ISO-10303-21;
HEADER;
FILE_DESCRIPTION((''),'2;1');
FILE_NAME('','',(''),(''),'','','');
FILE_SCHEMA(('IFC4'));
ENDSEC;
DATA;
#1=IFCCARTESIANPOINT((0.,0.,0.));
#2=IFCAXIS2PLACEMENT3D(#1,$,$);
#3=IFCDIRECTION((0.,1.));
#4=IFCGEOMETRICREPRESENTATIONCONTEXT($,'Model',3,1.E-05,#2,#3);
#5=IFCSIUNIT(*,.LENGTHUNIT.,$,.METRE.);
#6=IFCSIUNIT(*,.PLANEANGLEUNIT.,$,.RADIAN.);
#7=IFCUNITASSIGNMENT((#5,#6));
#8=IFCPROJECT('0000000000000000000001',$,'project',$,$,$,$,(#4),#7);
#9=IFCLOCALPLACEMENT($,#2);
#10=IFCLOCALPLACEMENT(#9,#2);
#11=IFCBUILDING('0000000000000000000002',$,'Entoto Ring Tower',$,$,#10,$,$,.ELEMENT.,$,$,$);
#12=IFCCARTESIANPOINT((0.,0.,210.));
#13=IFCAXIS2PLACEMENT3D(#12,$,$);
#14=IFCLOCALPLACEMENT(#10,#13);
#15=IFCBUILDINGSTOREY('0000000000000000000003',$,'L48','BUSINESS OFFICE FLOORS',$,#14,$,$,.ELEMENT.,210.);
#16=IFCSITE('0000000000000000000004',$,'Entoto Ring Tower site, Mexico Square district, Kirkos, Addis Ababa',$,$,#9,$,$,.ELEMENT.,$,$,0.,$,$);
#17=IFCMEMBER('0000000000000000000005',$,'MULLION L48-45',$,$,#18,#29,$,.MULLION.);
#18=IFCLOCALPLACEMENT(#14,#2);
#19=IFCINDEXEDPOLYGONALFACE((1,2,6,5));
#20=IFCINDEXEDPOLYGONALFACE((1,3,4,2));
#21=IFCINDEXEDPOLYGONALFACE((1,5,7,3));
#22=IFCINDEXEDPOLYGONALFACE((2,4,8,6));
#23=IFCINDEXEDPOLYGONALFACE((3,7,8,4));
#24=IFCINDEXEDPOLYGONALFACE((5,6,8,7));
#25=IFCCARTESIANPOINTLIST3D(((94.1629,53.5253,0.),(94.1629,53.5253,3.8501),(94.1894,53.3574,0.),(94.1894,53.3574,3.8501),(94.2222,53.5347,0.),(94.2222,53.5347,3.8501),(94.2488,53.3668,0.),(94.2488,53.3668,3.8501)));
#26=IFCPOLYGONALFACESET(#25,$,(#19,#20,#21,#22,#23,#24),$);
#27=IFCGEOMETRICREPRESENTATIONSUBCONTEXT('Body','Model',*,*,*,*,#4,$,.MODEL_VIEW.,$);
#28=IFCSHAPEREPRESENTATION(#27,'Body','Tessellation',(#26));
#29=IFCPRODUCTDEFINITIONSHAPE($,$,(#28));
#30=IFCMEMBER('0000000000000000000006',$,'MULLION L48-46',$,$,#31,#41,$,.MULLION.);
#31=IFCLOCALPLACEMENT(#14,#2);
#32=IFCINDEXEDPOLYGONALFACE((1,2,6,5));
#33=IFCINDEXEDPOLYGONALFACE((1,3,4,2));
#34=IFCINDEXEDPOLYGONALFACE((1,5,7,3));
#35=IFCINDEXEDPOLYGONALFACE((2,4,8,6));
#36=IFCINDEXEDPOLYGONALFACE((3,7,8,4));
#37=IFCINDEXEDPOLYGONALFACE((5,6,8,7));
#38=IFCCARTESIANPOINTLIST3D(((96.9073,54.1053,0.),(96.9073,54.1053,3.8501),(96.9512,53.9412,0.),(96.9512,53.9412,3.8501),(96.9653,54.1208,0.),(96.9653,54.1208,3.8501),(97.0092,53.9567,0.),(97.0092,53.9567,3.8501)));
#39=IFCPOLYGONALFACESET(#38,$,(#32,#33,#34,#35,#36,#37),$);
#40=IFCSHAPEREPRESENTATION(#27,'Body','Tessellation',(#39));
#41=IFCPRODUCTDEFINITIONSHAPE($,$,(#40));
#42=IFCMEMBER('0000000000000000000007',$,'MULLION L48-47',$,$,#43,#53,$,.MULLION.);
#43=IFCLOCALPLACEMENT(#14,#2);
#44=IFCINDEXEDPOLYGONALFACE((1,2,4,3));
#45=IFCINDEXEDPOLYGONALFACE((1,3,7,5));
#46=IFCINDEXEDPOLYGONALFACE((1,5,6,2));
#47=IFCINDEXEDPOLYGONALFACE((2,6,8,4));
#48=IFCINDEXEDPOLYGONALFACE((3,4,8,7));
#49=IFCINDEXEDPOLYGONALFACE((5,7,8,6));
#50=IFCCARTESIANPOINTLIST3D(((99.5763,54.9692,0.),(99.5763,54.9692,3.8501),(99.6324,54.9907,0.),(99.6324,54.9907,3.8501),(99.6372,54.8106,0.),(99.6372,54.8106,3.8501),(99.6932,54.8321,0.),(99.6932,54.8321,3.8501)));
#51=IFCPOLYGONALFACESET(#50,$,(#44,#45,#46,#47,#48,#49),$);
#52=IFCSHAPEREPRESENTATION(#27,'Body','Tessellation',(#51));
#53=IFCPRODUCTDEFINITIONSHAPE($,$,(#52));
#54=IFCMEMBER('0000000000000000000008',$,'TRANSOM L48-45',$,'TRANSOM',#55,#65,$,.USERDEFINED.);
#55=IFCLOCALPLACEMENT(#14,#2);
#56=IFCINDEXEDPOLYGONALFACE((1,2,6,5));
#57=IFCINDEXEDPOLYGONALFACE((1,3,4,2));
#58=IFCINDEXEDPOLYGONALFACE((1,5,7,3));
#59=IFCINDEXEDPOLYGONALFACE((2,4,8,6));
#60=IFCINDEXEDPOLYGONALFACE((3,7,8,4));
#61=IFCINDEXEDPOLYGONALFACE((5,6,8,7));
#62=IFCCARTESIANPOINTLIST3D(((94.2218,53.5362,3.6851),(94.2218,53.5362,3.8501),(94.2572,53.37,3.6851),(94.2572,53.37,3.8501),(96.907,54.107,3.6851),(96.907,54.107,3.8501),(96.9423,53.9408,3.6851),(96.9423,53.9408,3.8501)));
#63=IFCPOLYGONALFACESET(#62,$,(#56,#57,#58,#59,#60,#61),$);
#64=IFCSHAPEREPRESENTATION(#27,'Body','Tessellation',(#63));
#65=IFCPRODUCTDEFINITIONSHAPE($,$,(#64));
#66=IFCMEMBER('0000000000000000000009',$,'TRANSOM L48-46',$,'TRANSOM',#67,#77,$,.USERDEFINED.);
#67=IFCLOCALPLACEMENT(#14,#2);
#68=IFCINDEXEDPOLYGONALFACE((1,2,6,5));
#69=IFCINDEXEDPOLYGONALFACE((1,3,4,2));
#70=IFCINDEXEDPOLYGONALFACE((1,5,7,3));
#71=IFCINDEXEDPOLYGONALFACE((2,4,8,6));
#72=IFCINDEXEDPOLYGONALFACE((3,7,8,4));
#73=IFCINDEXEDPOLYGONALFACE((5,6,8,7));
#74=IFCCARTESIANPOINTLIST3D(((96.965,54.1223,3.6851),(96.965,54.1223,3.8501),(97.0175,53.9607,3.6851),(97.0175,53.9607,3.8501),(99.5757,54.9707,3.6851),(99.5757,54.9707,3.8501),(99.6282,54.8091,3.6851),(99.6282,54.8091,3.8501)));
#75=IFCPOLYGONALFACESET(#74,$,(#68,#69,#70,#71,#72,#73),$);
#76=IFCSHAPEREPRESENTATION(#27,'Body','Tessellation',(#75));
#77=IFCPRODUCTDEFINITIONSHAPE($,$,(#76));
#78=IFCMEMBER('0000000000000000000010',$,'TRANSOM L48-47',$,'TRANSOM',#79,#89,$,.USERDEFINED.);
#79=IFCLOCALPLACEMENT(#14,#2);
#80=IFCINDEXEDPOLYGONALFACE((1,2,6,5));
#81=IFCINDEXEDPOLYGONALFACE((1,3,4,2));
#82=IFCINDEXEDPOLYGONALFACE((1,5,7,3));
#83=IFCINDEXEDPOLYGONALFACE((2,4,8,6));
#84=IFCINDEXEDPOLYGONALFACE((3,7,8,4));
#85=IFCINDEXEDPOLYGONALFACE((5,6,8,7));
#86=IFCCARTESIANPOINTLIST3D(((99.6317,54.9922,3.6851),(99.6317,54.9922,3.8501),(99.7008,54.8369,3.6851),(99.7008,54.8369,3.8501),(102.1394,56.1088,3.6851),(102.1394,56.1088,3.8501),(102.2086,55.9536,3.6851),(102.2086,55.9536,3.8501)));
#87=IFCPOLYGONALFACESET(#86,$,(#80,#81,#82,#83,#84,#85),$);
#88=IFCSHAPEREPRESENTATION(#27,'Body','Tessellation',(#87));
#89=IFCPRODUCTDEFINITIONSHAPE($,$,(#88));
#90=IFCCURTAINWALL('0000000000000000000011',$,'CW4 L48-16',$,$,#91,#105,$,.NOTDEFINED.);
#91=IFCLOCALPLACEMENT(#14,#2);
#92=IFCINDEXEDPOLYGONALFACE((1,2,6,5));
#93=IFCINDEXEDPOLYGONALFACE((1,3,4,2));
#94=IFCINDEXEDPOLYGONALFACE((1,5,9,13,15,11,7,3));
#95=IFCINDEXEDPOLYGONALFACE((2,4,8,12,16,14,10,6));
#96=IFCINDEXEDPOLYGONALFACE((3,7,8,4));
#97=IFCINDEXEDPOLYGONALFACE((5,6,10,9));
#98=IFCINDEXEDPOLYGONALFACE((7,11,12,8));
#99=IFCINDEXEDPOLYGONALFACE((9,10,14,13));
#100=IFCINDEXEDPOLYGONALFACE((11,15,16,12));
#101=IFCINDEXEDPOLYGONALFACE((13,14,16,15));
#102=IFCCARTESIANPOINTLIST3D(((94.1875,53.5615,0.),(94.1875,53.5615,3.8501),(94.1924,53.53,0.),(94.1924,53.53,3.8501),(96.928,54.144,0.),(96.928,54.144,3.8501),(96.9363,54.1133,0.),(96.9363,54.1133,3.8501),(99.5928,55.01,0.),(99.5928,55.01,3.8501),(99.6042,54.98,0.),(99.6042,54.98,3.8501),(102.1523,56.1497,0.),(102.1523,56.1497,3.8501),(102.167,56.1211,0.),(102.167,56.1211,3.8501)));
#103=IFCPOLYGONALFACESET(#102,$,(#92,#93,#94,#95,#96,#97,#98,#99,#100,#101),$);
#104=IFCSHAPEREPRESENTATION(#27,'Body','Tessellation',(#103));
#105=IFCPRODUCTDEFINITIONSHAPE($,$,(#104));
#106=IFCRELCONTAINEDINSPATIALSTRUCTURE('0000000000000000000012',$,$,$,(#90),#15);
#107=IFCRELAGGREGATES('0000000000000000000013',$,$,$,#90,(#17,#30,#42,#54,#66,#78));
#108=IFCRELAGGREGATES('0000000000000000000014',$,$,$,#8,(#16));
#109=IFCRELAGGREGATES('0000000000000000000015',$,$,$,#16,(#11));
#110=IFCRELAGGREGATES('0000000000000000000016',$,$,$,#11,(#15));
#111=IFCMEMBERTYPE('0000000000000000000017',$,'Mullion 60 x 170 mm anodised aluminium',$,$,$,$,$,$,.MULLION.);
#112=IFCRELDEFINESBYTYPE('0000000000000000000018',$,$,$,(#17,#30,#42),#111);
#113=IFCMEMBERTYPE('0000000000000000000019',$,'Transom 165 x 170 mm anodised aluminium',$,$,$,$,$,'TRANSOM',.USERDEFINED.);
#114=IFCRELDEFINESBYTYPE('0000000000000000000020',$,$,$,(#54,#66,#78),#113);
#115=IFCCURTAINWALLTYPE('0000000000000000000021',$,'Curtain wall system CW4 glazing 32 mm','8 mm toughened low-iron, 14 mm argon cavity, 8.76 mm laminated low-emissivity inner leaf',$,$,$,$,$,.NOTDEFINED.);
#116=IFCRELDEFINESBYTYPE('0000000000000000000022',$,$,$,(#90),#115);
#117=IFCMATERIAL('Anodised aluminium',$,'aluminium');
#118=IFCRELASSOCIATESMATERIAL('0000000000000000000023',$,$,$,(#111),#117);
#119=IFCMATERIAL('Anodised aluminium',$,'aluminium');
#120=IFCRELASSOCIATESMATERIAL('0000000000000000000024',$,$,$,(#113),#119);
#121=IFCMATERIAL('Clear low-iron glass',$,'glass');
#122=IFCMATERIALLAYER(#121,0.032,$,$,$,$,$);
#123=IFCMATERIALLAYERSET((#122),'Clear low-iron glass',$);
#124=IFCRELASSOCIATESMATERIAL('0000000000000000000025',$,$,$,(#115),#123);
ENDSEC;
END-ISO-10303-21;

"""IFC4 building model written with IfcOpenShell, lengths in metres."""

from ifc_helpers import new_model, si_unit, direction, frame, origin, origin_2d, place, context, subcontext, project, spatial, polyline, rectangle, outline, extrude, material, layer, layer_set, material_profile, profile_set, type_object, element, aggregate, save


model = new_model("IFC4")

# Units and contexts
model_context = context("Model", 3, precision=1e-05, world=origin(), true_north=direction((0.0, 1.0)))
body_context = subcontext(model_context, "Body", "Model", "MODEL_VIEW")
ifc_project = project(units=[si_unit("LENGTHUNIT", "METRE"), si_unit("PLANEANGLEUNIT", "RADIAN")], contexts=[model_context])

# Members
ifc_material_1 = material(Name="Anodised aluminium", Category="aluminium")
ifc_material_profile_1 = material_profile(ifc_material_1, rectangle(XDim=0.0601, YDim=0.1699, at=origin_2d()), Name="Mullion 60 x 170 mm anodised aluminium")
ifc_profile_set_1 = profile_set([ifc_material_profile_1], Name="Anodised aluminium")
member_type_1 = type_object("IfcMemberType", Name="Mullion 60 x 170 mm anodised aluminium", PredefinedType="MULLION", material=ifc_profile_set_1)
site_placement = place(None, origin())
building_placement = place(site_placement, origin())
storey_placement = place(building_placement, frame((0.0, 0.0, 210.0)))
member_1_placement = place(storey_placement, frame((94.2058, 53.446, 0.0), z_axis=(0.0, 0.0, 1.0), x_axis=(0.987688, 0.156434, 0.0)))
member_1 = element("IfcMember", 1, at=member_1_placement, type_object=member_type_1, Name="MULLION L48-45", PredefinedType="MULLION", context=body_context, shape_type="SweptSolid", body=[
    extrude(rectangle(XDim=0.0601, YDim=0.1699, at=origin_2d()), origin(), (0.0, 0.0, 1.0), 3.8501),
])
member_2_placement = place(storey_placement, frame((96.9583, 54.031, 0.0), z_axis=(0.0, 0.0, 1.0), x_axis=(0.965926, 0.258819, 0.0)))
member_2 = element("IfcMember", 2, at=member_2_placement, type_object=member_type_1, Name="MULLION L48-46", PredefinedType="MULLION", context=body_context, shape_type="SweptSolid", body=[
    extrude(rectangle(XDim=0.0601, YDim=0.1699, at=origin_2d()), origin(), (0.0, 0.0, 1.0), 3.8501),
])
member_3_placement = place(storey_placement, frame((99.6348, 54.9006, 0.0), z_axis=(0.0, 0.0, 1.0), x_axis=(0.93358, 0.358368, 0.0)))
member_3 = element("IfcMember", 3, at=member_3_placement, type_object=member_type_1, Name="MULLION L48-47", PredefinedType="MULLION", context=body_context, shape_type="SweptSolid", body=[
    extrude(rectangle(XDim=0.0601, YDim=0.1699, at=origin_2d()), origin(), (0.0, 0.0, 1.0), 3.8501),
])
ifc_material_2 = material(Name="Anodised aluminium", Category="aluminium")
ifc_material_profile_2 = material_profile(ifc_material_2, rectangle(XDim=0.1699, YDim=0.165, at=origin_2d()), Name="Transom 165 x 170 mm anodised aluminium")
ifc_profile_set_2 = profile_set([ifc_material_profile_2], Name="Anodised aluminium")
member_type_2 = type_object("IfcMemberType", Name="Transom 165 x 170 mm anodised aluminium", ElementType="TRANSOM", PredefinedType="USERDEFINED", material=ifc_profile_set_2)
member_4_placement = place(storey_placement, frame((94.2395, 53.4531, 3.7676), z_axis=(0.978142, 0.207937, 0.0), x_axis=(-0.207937, 0.978142, 0.0)))
member_4 = element("IfcMember", 4, at=member_4_placement, type_object=member_type_2, Name="TRANSOM L48-45", ObjectType="TRANSOM", PredefinedType="USERDEFINED", context=body_context, shape_type="SweptSolid", body=[
    extrude(rectangle(XDim=0.1699, YDim=0.165, at=origin_2d()), origin(), (0.0, 0.0, 1.0), 2.7451),
])
member_5_placement = place(storey_placement, frame((96.9912, 54.0415, 3.7676), z_axis=(0.951048, 0.309042, 0.0), x_axis=(-0.309042, 0.951048, 0.0)))
member_5 = element("IfcMember", 5, at=member_5_placement, type_object=member_type_2, Name="TRANSOM L48-46", ObjectType="TRANSOM", PredefinedType="USERDEFINED", context=body_context, shape_type="SweptSolid", body=[
    extrude(rectangle(XDim=0.1699, YDim=0.165, at=origin_2d()), origin(), (0.0, 0.0, 1.0), 2.7451),
])
member_6_placement = place(storey_placement, frame((99.6663, 54.9146, 3.7676), z_axis=(0.913525, 0.406782, 0.0), x_axis=(-0.406782, 0.913525, 0.0)))
member_6 = element("IfcMember", 6, at=member_6_placement, type_object=member_type_2, Name="TRANSOM L48-47", ObjectType="TRANSOM", PredefinedType="USERDEFINED", context=body_context, shape_type="SweptSolid", body=[
    extrude(rectangle(XDim=0.1699, YDim=0.165, at=origin_2d()), origin(), (0.0, 0.0, 1.0), 2.7451),
])

# Site, building, storey
site = spatial("IfcSite", under=ifc_project, at=site_placement, Name="Entoto Ring Tower site, Mexico Square district, Kirkos, Addis Ababa", CompositionType="ELEMENT", RefElevation=0.0)
building = spatial("IfcBuilding", under=site, at=building_placement, Name="Entoto Ring Tower", CompositionType="ELEMENT")
storey = spatial("IfcBuildingStorey", under=building, at=storey_placement, Name="L48", Description="BUSINESS OFFICE FLOORS", CompositionType="ELEMENT", Elevation=210.0)

# Curtain wall
ifc_material_3 = material(Name="Clear low-iron glass", Category="glass")
ifc_layer_1 = layer(ifc_material_3, 0.032)
ifc_layer_set_1 = layer_set([ifc_layer_1], Name="Clear low-iron glass")
curtain_wall_type = type_object("IfcCurtainWallType", Name="Curtain wall system CW4 glazing 32 mm", Description="8 mm toughened low-iron, 14 mm argon cavity, 8.76 mm laminated low-emissivity inner leaf", PredefinedType="NOTDEFINED", material=ifc_layer_set_1)
curtain_wall_1_placement = place(storey_placement, origin())
curtain_wall_1 = element("IfcCurtainWall", 7, at=curtain_wall_1_placement, inside=storey, type_object=curtain_wall_type, Name="CW4 L48-16", PredefinedType="NOTDEFINED", context=body_context, shape_type="SweptSolid", body=[
    extrude(outline(polyline([(94.1924, 53.53), (96.9363, 54.1133), (99.6042, 54.98), (102.167, 56.1211), (102.1523, 56.1497), (99.5928, 55.01), (96.928, 54.144), (94.1875, 53.5615), (94.1924, 53.53)])), origin(), (0.0, 0.0, 1.0), 3.8501),
])
aggregate(curtain_wall_1, [member_1, member_2, member_3, member_4, member_5, member_6])

save(model, "model.ifc")
